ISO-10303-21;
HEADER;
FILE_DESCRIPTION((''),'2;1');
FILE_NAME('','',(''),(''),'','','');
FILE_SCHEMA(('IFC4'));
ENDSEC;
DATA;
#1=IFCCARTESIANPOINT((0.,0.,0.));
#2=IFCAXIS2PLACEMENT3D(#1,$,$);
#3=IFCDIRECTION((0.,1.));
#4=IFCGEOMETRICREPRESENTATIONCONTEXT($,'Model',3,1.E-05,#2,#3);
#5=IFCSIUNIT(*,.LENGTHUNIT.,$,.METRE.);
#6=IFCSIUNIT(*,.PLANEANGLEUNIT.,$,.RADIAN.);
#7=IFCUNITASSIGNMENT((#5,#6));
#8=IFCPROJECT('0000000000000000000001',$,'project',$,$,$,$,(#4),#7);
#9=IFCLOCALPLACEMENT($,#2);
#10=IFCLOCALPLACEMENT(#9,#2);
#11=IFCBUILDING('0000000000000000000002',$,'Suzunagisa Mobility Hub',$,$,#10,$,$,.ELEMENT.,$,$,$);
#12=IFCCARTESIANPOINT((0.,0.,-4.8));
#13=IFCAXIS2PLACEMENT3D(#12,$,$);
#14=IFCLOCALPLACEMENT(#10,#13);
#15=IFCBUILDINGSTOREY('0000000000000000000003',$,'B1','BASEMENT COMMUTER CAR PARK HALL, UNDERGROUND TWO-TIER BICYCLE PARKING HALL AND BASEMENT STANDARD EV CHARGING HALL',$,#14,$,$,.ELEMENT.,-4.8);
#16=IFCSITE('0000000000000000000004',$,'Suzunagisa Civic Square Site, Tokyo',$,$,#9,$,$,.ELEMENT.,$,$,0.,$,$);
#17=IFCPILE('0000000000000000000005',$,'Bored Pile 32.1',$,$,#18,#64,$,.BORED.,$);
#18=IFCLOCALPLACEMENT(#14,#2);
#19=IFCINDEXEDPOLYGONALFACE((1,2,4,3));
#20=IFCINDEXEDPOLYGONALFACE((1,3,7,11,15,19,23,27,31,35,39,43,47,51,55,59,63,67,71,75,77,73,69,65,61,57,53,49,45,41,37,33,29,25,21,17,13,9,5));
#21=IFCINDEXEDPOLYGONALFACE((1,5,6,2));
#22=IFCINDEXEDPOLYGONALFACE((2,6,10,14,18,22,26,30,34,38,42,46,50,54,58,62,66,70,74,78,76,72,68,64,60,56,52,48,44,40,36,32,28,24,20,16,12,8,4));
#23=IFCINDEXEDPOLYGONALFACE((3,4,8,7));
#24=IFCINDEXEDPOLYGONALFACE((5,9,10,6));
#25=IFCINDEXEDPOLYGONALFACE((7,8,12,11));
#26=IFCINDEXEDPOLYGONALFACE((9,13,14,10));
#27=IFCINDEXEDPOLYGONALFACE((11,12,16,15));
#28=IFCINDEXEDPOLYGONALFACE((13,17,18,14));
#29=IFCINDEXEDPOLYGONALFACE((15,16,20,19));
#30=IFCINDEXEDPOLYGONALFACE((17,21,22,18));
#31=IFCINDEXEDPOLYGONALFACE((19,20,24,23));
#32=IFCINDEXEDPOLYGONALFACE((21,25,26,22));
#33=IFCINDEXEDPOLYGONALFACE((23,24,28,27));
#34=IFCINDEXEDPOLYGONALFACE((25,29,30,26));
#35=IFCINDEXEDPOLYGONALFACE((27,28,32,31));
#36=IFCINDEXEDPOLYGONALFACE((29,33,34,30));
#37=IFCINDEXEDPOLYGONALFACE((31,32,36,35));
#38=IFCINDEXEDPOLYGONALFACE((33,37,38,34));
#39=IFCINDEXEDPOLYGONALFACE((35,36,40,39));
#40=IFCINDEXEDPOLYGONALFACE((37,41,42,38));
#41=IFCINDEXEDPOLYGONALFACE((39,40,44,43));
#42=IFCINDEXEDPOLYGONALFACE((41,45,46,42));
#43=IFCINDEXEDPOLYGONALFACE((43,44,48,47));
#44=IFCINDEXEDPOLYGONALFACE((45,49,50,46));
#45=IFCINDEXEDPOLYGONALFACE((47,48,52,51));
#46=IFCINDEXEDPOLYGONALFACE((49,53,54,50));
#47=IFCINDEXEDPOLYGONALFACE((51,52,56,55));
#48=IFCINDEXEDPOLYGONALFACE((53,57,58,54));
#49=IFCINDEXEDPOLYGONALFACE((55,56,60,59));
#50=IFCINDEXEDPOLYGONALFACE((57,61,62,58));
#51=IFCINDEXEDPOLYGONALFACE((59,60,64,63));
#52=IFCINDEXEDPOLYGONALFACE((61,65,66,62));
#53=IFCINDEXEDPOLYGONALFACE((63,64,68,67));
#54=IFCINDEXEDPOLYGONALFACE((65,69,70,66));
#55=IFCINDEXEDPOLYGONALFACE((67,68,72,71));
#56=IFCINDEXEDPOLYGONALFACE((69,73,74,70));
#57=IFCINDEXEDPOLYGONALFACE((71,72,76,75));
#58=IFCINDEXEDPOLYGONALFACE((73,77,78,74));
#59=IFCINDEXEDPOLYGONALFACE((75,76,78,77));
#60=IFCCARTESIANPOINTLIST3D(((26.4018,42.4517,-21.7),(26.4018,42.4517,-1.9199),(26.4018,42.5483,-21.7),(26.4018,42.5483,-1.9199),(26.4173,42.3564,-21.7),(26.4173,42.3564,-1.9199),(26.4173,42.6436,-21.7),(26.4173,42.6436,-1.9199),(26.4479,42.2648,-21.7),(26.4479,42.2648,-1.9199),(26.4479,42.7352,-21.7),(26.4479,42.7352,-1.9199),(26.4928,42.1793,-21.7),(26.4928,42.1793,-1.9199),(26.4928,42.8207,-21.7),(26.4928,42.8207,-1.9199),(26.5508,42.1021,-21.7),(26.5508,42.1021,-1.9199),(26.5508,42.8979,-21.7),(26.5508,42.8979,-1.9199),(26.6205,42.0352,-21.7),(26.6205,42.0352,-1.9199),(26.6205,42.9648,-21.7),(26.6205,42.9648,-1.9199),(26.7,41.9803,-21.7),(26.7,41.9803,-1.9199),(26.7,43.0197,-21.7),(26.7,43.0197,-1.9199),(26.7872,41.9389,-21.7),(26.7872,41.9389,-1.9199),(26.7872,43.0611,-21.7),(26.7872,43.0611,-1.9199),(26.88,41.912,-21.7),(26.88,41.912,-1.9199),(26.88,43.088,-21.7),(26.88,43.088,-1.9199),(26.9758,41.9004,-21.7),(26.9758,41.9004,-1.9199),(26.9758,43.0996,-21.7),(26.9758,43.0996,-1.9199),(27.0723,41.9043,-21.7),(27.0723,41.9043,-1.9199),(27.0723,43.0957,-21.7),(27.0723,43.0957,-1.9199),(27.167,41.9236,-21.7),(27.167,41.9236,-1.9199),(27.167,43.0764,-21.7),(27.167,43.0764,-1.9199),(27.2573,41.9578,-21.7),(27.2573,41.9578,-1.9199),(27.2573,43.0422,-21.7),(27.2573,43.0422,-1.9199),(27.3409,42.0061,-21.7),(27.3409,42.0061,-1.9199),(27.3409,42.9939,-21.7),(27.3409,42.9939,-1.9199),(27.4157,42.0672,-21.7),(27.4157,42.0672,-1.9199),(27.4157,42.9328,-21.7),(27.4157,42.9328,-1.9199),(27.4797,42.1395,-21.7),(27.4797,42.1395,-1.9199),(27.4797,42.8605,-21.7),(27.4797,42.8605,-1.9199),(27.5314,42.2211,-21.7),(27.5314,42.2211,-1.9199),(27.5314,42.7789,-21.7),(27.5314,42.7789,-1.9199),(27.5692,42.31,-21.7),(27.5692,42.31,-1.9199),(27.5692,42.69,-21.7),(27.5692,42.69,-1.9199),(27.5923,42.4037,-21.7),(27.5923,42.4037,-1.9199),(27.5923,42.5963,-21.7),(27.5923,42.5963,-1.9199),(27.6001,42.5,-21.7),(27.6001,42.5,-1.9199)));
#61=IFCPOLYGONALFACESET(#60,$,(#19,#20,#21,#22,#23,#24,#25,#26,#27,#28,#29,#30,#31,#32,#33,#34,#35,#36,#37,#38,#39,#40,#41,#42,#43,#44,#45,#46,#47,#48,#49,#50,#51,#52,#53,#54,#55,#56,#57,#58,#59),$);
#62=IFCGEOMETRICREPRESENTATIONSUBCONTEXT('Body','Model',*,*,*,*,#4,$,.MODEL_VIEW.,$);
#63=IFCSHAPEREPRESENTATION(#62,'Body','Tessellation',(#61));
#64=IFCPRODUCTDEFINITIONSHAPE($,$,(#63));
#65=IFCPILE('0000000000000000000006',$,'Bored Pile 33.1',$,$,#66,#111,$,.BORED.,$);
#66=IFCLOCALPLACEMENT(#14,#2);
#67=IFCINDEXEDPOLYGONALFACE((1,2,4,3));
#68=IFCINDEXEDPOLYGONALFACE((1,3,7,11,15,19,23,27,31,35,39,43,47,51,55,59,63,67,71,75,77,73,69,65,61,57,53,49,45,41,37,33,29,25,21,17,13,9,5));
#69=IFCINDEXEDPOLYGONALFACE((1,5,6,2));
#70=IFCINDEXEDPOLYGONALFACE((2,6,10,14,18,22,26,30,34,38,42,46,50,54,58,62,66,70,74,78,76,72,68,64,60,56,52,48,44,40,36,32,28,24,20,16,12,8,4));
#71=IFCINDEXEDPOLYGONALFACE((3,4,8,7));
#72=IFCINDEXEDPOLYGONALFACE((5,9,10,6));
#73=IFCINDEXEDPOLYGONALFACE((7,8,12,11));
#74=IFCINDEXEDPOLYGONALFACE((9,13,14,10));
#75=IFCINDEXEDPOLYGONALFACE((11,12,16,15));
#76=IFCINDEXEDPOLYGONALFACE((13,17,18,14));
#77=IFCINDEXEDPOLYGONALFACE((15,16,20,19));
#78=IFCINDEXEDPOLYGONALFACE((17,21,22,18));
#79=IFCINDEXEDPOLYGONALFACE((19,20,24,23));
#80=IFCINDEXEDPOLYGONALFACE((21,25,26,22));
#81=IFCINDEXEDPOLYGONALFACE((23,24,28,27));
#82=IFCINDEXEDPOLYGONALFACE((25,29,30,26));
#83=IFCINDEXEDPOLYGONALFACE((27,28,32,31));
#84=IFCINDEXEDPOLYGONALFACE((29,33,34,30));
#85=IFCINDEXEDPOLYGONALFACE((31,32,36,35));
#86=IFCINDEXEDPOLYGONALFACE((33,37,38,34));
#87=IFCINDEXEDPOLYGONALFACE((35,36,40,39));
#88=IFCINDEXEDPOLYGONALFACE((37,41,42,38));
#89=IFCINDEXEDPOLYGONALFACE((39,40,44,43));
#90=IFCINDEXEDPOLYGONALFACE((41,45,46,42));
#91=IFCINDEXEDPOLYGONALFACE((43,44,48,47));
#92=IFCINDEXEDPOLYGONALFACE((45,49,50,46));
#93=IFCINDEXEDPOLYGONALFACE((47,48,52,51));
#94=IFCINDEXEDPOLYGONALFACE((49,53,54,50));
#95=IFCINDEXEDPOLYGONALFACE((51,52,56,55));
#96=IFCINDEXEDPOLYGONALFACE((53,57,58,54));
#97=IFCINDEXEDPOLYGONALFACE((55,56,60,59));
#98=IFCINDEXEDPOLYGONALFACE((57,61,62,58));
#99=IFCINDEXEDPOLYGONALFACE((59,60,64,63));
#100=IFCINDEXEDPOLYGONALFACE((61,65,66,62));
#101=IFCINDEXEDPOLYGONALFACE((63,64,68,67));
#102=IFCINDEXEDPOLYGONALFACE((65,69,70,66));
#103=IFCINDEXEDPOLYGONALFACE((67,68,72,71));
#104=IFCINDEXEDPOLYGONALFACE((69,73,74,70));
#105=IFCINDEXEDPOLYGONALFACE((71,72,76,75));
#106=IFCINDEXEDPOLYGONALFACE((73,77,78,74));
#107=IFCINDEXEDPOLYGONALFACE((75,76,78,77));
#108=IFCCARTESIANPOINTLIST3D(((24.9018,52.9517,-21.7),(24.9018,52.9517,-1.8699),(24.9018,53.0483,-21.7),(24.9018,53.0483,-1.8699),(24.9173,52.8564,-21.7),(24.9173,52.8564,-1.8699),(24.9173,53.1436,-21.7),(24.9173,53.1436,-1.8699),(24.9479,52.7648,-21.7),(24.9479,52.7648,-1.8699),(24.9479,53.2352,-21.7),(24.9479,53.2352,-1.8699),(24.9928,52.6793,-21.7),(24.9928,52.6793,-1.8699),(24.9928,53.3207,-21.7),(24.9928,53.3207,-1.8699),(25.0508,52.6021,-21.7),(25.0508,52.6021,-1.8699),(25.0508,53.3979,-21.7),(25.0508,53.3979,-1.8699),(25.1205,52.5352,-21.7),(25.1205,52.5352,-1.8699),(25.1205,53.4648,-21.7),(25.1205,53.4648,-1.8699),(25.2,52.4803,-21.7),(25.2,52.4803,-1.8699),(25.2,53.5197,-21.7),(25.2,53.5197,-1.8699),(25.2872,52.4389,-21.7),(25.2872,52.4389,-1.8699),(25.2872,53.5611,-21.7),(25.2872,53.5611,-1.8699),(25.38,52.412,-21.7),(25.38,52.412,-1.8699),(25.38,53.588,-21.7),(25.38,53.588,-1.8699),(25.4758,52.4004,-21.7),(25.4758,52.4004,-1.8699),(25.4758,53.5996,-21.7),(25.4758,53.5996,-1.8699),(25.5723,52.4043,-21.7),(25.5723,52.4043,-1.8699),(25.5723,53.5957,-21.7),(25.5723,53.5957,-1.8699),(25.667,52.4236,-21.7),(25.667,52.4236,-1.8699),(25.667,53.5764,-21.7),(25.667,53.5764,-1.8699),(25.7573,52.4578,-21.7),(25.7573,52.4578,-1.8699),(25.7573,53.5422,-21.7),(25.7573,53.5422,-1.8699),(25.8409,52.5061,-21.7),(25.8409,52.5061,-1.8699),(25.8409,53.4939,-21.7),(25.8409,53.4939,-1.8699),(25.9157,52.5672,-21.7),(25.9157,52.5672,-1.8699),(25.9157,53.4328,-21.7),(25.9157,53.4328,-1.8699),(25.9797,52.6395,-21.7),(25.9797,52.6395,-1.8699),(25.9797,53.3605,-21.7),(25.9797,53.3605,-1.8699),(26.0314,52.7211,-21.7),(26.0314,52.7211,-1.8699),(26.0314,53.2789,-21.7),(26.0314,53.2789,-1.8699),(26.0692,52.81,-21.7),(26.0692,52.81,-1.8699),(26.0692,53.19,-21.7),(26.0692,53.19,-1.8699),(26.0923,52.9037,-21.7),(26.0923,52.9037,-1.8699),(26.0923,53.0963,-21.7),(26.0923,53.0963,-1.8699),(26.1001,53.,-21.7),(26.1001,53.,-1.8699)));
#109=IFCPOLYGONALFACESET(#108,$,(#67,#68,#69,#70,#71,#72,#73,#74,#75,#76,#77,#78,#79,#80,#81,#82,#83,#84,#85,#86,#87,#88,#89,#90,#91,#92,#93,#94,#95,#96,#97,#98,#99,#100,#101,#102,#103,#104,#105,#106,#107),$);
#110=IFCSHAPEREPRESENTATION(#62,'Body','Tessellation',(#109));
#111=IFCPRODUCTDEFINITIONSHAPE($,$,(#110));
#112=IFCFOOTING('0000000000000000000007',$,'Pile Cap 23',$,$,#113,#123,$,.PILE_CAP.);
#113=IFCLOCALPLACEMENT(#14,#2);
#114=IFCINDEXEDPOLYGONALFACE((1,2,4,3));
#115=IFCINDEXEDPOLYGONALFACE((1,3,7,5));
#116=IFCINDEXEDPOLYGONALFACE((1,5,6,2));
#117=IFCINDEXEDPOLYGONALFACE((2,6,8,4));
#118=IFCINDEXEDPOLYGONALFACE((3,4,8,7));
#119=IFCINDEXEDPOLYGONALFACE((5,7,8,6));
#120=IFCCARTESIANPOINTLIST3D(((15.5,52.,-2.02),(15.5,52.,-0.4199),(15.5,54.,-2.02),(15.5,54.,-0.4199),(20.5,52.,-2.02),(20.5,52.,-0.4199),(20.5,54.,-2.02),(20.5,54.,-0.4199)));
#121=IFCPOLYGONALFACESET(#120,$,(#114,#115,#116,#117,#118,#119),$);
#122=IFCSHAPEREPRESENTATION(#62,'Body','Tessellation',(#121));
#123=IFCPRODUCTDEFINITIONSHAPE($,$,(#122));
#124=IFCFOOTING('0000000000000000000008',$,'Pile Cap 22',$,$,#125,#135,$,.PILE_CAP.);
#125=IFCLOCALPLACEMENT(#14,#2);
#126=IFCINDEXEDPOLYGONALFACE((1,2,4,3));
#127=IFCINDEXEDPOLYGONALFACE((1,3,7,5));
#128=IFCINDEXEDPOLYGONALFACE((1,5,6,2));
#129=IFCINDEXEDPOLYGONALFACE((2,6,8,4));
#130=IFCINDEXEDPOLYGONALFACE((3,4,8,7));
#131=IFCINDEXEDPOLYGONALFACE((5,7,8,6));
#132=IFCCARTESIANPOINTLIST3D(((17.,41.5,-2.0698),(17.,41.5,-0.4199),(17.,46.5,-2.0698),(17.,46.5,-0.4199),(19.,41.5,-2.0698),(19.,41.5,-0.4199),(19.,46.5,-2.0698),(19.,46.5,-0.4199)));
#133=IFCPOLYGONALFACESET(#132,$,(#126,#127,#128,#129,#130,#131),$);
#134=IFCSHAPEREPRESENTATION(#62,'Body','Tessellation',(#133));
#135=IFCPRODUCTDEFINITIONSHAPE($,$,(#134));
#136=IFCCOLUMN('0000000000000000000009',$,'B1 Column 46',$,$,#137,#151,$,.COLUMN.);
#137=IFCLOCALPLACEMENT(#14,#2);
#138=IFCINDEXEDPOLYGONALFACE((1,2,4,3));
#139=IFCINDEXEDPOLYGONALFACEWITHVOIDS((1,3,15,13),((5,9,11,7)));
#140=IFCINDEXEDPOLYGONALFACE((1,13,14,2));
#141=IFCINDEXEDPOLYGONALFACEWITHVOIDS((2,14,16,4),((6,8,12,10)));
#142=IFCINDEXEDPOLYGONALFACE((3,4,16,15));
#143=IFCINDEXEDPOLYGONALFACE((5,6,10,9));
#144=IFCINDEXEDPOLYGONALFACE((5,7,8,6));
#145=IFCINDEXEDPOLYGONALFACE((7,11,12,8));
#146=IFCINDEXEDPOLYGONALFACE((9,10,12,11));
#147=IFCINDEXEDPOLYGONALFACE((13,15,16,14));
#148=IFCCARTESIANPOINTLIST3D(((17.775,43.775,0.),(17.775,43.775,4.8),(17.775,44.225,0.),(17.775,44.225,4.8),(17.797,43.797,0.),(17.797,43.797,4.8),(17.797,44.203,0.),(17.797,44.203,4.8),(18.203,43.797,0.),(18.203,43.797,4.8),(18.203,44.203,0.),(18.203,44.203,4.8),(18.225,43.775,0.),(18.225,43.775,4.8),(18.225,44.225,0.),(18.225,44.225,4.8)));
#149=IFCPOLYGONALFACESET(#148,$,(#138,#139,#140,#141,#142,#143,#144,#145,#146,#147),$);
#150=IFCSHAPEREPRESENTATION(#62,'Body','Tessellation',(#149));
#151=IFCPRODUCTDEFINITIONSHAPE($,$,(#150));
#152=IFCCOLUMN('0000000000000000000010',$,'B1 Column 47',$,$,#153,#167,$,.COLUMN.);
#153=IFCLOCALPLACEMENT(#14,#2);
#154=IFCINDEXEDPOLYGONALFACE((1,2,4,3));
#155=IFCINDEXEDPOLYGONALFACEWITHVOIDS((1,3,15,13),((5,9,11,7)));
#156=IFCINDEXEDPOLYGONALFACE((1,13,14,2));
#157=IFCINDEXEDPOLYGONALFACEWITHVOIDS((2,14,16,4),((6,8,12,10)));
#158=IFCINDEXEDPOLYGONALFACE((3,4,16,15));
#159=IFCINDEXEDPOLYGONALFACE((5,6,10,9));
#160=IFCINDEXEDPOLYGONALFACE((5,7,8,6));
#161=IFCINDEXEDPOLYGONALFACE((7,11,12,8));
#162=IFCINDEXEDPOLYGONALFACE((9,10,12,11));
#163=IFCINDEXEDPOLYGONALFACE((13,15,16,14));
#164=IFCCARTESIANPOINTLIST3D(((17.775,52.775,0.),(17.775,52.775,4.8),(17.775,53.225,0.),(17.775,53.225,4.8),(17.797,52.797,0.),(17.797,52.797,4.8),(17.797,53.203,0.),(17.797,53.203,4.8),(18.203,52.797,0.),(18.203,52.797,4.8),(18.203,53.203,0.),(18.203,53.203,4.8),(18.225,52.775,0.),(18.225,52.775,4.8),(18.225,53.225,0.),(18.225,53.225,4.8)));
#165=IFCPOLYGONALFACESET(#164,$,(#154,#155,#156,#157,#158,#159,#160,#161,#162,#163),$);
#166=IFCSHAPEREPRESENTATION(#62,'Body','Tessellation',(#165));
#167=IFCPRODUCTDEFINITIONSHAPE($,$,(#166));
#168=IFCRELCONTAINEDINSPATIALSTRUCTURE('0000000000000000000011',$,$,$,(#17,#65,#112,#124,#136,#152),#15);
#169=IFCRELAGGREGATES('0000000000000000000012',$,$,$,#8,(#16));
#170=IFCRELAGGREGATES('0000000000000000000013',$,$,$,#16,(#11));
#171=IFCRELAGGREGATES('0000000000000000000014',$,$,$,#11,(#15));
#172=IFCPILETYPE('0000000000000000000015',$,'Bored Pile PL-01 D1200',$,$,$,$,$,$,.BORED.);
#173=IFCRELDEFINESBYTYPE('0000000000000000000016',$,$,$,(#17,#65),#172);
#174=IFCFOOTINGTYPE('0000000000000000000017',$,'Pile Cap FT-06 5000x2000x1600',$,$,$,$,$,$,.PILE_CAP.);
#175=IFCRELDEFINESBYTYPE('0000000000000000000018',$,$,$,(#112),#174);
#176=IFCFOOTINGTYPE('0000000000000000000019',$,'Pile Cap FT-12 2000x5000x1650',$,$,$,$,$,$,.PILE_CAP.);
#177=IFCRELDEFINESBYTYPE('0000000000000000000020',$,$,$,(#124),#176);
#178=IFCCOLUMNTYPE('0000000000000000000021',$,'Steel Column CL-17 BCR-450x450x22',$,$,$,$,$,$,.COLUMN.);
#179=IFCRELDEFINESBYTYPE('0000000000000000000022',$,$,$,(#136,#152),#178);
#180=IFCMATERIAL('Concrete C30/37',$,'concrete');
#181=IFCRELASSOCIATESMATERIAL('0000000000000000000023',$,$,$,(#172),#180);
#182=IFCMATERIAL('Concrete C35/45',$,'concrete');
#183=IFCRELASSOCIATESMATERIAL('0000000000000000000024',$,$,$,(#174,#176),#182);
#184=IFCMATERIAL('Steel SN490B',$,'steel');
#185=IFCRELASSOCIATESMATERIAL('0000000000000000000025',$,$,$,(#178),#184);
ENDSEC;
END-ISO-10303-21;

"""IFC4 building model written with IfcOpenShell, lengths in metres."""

from ifc_helpers import new_model, si_unit, direction, frame, origin, origin_2d, place, context, subcontext, project, spatial, rectangle, hollow_rectangle, circle, extrude, material, material_profile, profile_set, type_object, element, save


model = new_model("IFC4")

# Units and contexts
model_context = context("Model", 3, precision=1e-05, world=origin(), true_north=direction((0.0, 1.0)))
body_context = subcontext(model_context, "Body", "Model", "MODEL_VIEW")
ifc_project = project(units=[si_unit("LENGTHUNIT", "METRE"), si_unit("PLANEANGLEUNIT", "RADIAN")], contexts=[model_context])

# Site, building, storey
site_placement = place(None, origin())
site = spatial("IfcSite", under=ifc_project, at=site_placement, Name="Suzunagisa Civic Square Site, Tokyo", CompositionType="ELEMENT", RefElevation=0.0)
building_placement = place(site_placement, origin())
building = spatial("IfcBuilding", under=site, at=building_placement, Name="Suzunagisa Mobility Hub", CompositionType="ELEMENT")
storey_placement = place(building_placement, frame((0.0, 0.0, -4.8)))
storey = spatial("IfcBuildingStorey", under=building, at=storey_placement, Name="B1", Description="BASEMENT COMMUTER CAR PARK HALL, UNDERGROUND TWO-TIER BICYCLE PARKING HALL AND BASEMENT STANDARD EV CHARGING HALL", CompositionType="ELEMENT", Elevation=-4.8)

# Piles
ifc_material_1 = material(Name="Concrete C30/37", Category="concrete")
ifc_material_profile_1 = material_profile(ifc_material_1, circle(Radius=0.6001, at=origin_2d()), Name="BORED PILE D1200")
ifc_profile_set_1 = profile_set([ifc_material_profile_1], Name="Concrete C30/37")
pile_type = type_object("IfcPileType", Name="Bored Pile PL-01 D1200", PredefinedType="BORED", material=ifc_profile_set_1)
pile_1_placement = place(storey_placement, frame((27.0, 42.5, -1.9199), z_axis=(0.0, 0.0, -1.0), x_axis=(1.0, 0.0, 0.0)))
element("IfcPile", 1, at=pile_1_placement, inside=storey, type_object=pile_type, Name="Bored Pile 32.1", PredefinedType="BORED", context=body_context, shape_type="SweptSolid", body=[
    extrude(circle(Radius=0.6001, at=origin_2d()), origin(), (0.0, 0.0, 1.0), 19.78),
])
pile_2_placement = place(storey_placement, frame((25.5, 53.0, -1.8699), z_axis=(0.0, 0.0, -1.0), x_axis=(1.0, 0.0, 0.0)))
element("IfcPile", 2, at=pile_2_placement, inside=storey, type_object=pile_type, Name="Bored Pile 33.1", PredefinedType="BORED", context=body_context, shape_type="SweptSolid", body=[
    extrude(circle(Radius=0.6001, at=origin_2d()), origin(), (0.0, 0.0, 1.0), 19.8301),
])

# Footings
ifc_material_2 = material(Name="Concrete C35/45", Category="concrete")
footing_type_1 = type_object("IfcFootingType", Name="Pile Cap FT-06 5000x2000x1600", PredefinedType="PILE_CAP", material=ifc_material_2)
footing_1_placement = place(storey_placement, frame((18.0, 53.0, -2.02), z_axis=(0.0, 0.0, 1.0), x_axis=(1.0, 0.0, 0.0)))
element("IfcFooting", 3, at=footing_1_placement, inside=storey, type_object=footing_type_1, Name="Pile Cap 23", PredefinedType="PILE_CAP", context=body_context, shape_type="SweptSolid", body=[
    extrude(rectangle(XDim=5.0, YDim=2.0, at=origin_2d()), origin(), (0.0, 0.0, 1.0), 1.6001),
])
footing_type_2 = type_object("IfcFootingType", Name="Pile Cap FT-12 2000x5000x1650", PredefinedType="PILE_CAP", material=ifc_material_2)
footing_2_placement = place(storey_placement, frame((18.0, 44.0, -2.0698), z_axis=(0.0, 0.0, 1.0), x_axis=(1.0, 0.0, 0.0)))
element("IfcFooting", 4, at=footing_2_placement, inside=storey, type_object=footing_type_2, Name="Pile Cap 22", PredefinedType="PILE_CAP", context=body_context, shape_type="SweptSolid", body=[
    extrude(rectangle(XDim=2.0, YDim=5.0, at=origin_2d()), origin(), (0.0, 0.0, 1.0), 1.6499),
])

# Columns
ifc_material_3 = material(Name="Steel SN490B", Category="steel")
ifc_material_profile_2 = material_profile(ifc_material_3, hollow_rectangle(XDim=0.45, YDim=0.45, WallThickness=0.022, at=origin_2d()), Name="BCR-450x450x22")
ifc_profile_set_2 = profile_set([ifc_material_profile_2], Name="Steel SN490B")
column_type = type_object("IfcColumnType", Name="Steel Column CL-17 BCR-450x450x22", PredefinedType="COLUMN", material=ifc_profile_set_2)
for number, where, z_axis, x_axis, name in (
    (5, (18.0, 44.0, 0.0), (0.0, 0.0, 1.0), (1.0, 0.0, 0.0), "B1 Column 46"),
    (6, (18.0, 53.0, 0.0), (0.0, 0.0, 1.0), (1.0, 0.0, 0.0), "B1 Column 47"),
):
    element("IfcColumn", number, at=place(storey_placement, frame(where, z_axis=z_axis, x_axis=x_axis)), inside=storey, type_object=column_type, Name=name, PredefinedType="COLUMN", context=body_context, shape_type="SweptSolid", body=[
        extrude(hollow_rectangle(XDim=0.45, YDim=0.45, WallThickness=0.022, at=origin_2d()), origin(), (0.0, 0.0, 1.0), 4.8),
    ])

save(model, "model.ifc")
